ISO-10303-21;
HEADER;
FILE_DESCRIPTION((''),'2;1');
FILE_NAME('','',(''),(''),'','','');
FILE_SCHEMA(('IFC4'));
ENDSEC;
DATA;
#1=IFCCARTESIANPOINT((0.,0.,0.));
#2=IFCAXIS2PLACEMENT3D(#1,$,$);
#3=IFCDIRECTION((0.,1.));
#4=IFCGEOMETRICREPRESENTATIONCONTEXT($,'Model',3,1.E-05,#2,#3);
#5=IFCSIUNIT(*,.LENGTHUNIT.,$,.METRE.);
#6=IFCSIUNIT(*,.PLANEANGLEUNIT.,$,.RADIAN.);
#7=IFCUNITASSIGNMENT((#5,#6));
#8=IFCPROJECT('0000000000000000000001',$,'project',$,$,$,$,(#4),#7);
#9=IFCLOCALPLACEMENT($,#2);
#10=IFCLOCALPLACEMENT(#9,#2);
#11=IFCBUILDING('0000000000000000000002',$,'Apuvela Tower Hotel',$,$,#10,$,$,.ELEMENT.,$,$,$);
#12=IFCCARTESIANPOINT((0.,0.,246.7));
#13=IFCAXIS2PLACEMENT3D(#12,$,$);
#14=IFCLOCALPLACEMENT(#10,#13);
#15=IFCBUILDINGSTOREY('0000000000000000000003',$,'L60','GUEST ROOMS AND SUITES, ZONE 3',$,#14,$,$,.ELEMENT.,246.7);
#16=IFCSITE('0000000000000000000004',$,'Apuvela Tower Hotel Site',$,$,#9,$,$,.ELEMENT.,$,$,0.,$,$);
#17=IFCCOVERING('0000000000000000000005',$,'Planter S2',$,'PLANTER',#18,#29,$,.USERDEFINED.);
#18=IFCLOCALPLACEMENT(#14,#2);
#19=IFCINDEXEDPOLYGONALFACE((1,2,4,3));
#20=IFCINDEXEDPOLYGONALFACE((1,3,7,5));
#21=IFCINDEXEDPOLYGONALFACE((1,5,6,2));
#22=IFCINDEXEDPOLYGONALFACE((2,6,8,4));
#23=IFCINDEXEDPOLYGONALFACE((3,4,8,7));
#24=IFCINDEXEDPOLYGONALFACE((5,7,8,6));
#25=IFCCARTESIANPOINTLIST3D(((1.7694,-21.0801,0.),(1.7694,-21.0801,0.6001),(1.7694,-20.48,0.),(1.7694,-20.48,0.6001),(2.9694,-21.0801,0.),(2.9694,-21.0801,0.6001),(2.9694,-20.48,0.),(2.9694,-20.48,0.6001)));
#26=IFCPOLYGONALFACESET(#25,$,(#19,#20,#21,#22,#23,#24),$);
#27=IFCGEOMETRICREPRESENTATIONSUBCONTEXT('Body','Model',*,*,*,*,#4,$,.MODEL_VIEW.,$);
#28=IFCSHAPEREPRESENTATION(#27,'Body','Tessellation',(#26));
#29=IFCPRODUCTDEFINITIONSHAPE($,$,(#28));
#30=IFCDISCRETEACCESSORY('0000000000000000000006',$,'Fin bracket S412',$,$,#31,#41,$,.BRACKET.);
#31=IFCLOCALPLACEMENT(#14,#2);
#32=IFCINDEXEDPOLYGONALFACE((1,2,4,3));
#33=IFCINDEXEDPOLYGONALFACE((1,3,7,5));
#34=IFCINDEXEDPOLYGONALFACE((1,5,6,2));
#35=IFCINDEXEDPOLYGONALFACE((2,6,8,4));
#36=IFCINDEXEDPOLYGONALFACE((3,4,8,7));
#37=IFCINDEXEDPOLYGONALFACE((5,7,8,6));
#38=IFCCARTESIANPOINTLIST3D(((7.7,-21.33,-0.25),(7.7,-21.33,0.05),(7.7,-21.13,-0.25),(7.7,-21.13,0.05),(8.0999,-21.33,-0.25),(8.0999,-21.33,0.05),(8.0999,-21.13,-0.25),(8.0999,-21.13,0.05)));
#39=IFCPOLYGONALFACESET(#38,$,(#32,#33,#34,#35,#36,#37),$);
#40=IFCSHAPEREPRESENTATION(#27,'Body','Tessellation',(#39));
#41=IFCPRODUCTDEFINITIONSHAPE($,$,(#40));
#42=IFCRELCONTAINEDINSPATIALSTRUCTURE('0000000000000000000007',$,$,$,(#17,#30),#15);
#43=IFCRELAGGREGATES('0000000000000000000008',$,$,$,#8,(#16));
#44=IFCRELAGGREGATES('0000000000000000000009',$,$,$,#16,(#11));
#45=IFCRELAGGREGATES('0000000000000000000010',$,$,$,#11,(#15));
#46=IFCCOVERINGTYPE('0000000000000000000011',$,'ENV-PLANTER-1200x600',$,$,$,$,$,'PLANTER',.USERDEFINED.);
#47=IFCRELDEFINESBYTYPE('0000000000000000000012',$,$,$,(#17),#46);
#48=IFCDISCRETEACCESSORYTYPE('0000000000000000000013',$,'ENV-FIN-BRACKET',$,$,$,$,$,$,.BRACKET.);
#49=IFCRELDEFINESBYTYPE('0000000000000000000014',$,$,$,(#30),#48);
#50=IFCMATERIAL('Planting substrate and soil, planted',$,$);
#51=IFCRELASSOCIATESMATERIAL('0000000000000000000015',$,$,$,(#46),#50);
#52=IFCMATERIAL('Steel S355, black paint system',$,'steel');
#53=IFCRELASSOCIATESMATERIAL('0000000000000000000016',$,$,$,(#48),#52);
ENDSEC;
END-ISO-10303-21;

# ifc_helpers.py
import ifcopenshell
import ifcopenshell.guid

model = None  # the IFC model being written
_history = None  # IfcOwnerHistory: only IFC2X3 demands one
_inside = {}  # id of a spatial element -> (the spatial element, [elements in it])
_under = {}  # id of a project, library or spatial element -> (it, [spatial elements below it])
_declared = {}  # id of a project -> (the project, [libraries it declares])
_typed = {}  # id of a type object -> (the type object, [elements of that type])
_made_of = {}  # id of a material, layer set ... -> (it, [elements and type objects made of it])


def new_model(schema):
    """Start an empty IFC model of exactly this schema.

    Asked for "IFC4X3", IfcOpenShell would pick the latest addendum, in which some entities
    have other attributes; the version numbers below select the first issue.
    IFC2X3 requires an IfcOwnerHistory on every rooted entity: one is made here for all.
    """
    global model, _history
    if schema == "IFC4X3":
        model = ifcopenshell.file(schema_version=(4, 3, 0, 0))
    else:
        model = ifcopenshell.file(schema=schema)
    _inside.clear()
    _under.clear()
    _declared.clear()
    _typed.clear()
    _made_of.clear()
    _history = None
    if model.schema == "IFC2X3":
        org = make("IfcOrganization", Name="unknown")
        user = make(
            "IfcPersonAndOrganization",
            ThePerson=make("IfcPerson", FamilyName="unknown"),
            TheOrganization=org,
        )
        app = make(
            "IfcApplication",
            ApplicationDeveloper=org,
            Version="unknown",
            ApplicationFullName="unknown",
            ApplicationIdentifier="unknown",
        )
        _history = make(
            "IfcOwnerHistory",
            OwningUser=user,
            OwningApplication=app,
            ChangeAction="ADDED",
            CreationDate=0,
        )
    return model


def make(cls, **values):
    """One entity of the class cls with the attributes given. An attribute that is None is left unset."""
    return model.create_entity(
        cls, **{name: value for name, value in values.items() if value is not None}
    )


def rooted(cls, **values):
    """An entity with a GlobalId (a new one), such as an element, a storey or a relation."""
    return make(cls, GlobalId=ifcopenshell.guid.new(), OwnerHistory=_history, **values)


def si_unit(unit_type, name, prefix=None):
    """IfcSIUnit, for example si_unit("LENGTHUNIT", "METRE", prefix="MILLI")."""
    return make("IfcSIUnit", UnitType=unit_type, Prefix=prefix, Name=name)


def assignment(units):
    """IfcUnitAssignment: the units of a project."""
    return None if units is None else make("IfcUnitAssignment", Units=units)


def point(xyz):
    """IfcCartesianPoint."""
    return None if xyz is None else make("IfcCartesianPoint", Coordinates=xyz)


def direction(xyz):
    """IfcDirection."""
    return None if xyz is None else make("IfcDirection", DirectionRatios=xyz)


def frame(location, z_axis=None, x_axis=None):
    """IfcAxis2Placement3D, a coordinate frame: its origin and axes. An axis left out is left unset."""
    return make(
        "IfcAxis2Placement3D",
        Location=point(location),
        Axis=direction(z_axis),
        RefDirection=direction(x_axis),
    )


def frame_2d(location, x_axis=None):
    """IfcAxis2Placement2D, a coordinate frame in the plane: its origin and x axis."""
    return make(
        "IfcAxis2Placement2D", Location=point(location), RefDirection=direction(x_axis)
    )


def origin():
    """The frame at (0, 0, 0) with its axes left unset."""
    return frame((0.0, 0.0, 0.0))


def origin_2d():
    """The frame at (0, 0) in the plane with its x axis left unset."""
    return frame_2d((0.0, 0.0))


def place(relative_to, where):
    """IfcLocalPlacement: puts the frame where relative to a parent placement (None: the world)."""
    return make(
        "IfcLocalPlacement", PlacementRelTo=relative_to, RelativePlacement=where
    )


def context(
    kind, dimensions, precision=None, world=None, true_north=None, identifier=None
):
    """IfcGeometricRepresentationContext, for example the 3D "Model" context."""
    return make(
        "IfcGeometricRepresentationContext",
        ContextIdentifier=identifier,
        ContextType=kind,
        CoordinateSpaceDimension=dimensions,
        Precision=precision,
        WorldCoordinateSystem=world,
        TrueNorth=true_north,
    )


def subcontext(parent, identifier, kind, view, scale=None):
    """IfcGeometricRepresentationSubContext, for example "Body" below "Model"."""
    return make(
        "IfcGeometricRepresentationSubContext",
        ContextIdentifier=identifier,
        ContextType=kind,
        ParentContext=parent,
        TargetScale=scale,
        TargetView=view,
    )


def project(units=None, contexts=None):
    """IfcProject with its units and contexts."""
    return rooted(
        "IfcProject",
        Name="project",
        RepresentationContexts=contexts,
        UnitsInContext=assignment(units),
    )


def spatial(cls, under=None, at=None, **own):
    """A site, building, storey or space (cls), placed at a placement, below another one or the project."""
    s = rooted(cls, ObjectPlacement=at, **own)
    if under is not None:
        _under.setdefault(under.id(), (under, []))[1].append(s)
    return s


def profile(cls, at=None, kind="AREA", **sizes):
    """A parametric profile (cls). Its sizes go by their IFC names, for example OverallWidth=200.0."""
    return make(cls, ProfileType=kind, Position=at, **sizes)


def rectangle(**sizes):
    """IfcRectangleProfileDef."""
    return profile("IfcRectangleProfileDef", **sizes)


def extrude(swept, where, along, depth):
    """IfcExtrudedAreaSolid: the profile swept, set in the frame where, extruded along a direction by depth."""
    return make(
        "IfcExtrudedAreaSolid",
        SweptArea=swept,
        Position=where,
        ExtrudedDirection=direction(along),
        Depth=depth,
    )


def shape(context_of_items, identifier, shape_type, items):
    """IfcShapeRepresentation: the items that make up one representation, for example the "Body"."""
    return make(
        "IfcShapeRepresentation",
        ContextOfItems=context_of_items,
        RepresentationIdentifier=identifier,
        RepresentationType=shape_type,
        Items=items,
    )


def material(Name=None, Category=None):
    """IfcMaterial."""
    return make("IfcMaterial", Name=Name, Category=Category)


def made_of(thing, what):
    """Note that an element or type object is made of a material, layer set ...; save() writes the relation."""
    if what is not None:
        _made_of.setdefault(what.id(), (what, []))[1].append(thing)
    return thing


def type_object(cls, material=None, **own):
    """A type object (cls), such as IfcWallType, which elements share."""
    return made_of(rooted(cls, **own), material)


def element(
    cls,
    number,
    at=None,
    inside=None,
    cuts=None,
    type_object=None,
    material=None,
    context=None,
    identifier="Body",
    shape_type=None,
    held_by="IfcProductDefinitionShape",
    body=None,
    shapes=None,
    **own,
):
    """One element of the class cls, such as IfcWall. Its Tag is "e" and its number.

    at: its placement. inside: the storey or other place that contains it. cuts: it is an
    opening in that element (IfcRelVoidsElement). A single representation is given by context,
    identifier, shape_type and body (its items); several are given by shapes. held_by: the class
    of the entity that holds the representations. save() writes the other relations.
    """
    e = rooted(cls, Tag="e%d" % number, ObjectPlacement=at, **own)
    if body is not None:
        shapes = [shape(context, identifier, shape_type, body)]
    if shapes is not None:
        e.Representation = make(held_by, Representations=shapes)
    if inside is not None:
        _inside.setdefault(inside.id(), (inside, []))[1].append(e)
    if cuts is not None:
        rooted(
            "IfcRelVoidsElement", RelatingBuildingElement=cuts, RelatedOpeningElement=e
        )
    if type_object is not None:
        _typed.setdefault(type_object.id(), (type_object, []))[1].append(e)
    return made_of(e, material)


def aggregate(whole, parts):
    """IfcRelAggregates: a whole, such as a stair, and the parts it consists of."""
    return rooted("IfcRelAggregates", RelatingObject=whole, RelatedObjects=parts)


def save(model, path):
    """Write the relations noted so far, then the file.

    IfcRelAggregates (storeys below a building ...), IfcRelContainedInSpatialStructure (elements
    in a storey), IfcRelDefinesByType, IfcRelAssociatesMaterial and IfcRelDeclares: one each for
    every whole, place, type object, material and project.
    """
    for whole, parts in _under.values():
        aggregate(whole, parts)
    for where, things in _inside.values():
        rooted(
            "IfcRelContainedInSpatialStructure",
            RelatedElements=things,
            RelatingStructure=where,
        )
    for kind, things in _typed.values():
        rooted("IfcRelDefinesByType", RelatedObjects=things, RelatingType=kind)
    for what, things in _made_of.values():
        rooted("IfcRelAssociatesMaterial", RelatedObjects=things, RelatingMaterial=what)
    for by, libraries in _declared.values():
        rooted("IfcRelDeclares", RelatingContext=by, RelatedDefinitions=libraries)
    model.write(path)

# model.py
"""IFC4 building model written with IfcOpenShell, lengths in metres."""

from ifc_helpers import new_model, si_unit, direction, frame, origin, origin_2d, place, context, subcontext, project, spatial, rectangle, extrude, material, type_object, element, save


model = new_model("IFC4")

# Units and contexts
model_context = context("Model", 3, precision=1e-05, world=origin(), true_north=direction((0.0, 1.0)))
body_context = subcontext(model_context, "Body", "Model", "MODEL_VIEW")
ifc_project = project(units=[si_unit("LENGTHUNIT", "METRE"), si_unit("PLANEANGLEUNIT", "RADIAN")], contexts=[model_context])

# Site, building, storey
site_placement = place(None, origin())
site = spatial("IfcSite", under=ifc_project, at=site_placement, Name="Apuvela Tower Hotel Site", CompositionType="ELEMENT", RefElevation=0.0)
building_placement = place(site_placement, origin())
building = spatial("IfcBuilding", under=site, at=building_placement, Name="Apuvela Tower Hotel", CompositionType="ELEMENT")
storey_placement = place(building_placement, frame((0.0, 0.0, 246.7)))
storey = spatial("IfcBuildingStorey", under=building, at=storey_placement, Name="L60", Description="GUEST ROOMS AND SUITES, ZONE 3", CompositionType="ELEMENT", Elevation=246.7)

# Covering
ifc_material_1 = material(Name="Planting substrate and soil, planted")
covering_type = type_object("IfcCoveringType", Name="ENV-PLANTER-1200x600", ElementType="PLANTER", PredefinedType="USERDEFINED", material=ifc_material_1)
covering_placement = place(storey_placement, frame((2.3694, -20.78, 0.0), z_axis=(0.0, 0.0, 1.0), x_axis=(1.0, 0.0, 0.0)))
element("IfcCovering", 1, at=covering_placement, inside=storey, type_object=covering_type, Name="Planter S2", ObjectType="PLANTER", PredefinedType="USERDEFINED", context=body_context, shape_type="SweptSolid", body=[
    extrude(rectangle(XDim=1.2, YDim=0.6001, at=origin_2d()), origin(), (0.0, 0.0, 1.0), 0.6001),
])

# Discrete accessory
ifc_material_2 = material(Name="Steel S355, black paint system", Category="steel")
discrete_accessory_type = type_object("IfcDiscreteAccessoryType", Name="ENV-FIN-BRACKET", PredefinedType="BRACKET", material=ifc_material_2)
discrete_accessory_placement = place(storey_placement, frame((7.8999, -21.23, -0.25), z_axis=(0.0, 0.0, 1.0), x_axis=(1.0, 0.0, 0.0)))
element("IfcDiscreteAccessory", 2, at=discrete_accessory_placement, inside=storey, type_object=discrete_accessory_type, Name="Fin bracket S412", PredefinedType="BRACKET", context=body_context, shape_type="SweptSolid", body=[
    extrude(rectangle(XDim=0.3999, YDim=0.2, at=origin_2d()), origin(), (0.0, 0.0, 1.0), 0.3),
])

save(model, "model.ifc")
